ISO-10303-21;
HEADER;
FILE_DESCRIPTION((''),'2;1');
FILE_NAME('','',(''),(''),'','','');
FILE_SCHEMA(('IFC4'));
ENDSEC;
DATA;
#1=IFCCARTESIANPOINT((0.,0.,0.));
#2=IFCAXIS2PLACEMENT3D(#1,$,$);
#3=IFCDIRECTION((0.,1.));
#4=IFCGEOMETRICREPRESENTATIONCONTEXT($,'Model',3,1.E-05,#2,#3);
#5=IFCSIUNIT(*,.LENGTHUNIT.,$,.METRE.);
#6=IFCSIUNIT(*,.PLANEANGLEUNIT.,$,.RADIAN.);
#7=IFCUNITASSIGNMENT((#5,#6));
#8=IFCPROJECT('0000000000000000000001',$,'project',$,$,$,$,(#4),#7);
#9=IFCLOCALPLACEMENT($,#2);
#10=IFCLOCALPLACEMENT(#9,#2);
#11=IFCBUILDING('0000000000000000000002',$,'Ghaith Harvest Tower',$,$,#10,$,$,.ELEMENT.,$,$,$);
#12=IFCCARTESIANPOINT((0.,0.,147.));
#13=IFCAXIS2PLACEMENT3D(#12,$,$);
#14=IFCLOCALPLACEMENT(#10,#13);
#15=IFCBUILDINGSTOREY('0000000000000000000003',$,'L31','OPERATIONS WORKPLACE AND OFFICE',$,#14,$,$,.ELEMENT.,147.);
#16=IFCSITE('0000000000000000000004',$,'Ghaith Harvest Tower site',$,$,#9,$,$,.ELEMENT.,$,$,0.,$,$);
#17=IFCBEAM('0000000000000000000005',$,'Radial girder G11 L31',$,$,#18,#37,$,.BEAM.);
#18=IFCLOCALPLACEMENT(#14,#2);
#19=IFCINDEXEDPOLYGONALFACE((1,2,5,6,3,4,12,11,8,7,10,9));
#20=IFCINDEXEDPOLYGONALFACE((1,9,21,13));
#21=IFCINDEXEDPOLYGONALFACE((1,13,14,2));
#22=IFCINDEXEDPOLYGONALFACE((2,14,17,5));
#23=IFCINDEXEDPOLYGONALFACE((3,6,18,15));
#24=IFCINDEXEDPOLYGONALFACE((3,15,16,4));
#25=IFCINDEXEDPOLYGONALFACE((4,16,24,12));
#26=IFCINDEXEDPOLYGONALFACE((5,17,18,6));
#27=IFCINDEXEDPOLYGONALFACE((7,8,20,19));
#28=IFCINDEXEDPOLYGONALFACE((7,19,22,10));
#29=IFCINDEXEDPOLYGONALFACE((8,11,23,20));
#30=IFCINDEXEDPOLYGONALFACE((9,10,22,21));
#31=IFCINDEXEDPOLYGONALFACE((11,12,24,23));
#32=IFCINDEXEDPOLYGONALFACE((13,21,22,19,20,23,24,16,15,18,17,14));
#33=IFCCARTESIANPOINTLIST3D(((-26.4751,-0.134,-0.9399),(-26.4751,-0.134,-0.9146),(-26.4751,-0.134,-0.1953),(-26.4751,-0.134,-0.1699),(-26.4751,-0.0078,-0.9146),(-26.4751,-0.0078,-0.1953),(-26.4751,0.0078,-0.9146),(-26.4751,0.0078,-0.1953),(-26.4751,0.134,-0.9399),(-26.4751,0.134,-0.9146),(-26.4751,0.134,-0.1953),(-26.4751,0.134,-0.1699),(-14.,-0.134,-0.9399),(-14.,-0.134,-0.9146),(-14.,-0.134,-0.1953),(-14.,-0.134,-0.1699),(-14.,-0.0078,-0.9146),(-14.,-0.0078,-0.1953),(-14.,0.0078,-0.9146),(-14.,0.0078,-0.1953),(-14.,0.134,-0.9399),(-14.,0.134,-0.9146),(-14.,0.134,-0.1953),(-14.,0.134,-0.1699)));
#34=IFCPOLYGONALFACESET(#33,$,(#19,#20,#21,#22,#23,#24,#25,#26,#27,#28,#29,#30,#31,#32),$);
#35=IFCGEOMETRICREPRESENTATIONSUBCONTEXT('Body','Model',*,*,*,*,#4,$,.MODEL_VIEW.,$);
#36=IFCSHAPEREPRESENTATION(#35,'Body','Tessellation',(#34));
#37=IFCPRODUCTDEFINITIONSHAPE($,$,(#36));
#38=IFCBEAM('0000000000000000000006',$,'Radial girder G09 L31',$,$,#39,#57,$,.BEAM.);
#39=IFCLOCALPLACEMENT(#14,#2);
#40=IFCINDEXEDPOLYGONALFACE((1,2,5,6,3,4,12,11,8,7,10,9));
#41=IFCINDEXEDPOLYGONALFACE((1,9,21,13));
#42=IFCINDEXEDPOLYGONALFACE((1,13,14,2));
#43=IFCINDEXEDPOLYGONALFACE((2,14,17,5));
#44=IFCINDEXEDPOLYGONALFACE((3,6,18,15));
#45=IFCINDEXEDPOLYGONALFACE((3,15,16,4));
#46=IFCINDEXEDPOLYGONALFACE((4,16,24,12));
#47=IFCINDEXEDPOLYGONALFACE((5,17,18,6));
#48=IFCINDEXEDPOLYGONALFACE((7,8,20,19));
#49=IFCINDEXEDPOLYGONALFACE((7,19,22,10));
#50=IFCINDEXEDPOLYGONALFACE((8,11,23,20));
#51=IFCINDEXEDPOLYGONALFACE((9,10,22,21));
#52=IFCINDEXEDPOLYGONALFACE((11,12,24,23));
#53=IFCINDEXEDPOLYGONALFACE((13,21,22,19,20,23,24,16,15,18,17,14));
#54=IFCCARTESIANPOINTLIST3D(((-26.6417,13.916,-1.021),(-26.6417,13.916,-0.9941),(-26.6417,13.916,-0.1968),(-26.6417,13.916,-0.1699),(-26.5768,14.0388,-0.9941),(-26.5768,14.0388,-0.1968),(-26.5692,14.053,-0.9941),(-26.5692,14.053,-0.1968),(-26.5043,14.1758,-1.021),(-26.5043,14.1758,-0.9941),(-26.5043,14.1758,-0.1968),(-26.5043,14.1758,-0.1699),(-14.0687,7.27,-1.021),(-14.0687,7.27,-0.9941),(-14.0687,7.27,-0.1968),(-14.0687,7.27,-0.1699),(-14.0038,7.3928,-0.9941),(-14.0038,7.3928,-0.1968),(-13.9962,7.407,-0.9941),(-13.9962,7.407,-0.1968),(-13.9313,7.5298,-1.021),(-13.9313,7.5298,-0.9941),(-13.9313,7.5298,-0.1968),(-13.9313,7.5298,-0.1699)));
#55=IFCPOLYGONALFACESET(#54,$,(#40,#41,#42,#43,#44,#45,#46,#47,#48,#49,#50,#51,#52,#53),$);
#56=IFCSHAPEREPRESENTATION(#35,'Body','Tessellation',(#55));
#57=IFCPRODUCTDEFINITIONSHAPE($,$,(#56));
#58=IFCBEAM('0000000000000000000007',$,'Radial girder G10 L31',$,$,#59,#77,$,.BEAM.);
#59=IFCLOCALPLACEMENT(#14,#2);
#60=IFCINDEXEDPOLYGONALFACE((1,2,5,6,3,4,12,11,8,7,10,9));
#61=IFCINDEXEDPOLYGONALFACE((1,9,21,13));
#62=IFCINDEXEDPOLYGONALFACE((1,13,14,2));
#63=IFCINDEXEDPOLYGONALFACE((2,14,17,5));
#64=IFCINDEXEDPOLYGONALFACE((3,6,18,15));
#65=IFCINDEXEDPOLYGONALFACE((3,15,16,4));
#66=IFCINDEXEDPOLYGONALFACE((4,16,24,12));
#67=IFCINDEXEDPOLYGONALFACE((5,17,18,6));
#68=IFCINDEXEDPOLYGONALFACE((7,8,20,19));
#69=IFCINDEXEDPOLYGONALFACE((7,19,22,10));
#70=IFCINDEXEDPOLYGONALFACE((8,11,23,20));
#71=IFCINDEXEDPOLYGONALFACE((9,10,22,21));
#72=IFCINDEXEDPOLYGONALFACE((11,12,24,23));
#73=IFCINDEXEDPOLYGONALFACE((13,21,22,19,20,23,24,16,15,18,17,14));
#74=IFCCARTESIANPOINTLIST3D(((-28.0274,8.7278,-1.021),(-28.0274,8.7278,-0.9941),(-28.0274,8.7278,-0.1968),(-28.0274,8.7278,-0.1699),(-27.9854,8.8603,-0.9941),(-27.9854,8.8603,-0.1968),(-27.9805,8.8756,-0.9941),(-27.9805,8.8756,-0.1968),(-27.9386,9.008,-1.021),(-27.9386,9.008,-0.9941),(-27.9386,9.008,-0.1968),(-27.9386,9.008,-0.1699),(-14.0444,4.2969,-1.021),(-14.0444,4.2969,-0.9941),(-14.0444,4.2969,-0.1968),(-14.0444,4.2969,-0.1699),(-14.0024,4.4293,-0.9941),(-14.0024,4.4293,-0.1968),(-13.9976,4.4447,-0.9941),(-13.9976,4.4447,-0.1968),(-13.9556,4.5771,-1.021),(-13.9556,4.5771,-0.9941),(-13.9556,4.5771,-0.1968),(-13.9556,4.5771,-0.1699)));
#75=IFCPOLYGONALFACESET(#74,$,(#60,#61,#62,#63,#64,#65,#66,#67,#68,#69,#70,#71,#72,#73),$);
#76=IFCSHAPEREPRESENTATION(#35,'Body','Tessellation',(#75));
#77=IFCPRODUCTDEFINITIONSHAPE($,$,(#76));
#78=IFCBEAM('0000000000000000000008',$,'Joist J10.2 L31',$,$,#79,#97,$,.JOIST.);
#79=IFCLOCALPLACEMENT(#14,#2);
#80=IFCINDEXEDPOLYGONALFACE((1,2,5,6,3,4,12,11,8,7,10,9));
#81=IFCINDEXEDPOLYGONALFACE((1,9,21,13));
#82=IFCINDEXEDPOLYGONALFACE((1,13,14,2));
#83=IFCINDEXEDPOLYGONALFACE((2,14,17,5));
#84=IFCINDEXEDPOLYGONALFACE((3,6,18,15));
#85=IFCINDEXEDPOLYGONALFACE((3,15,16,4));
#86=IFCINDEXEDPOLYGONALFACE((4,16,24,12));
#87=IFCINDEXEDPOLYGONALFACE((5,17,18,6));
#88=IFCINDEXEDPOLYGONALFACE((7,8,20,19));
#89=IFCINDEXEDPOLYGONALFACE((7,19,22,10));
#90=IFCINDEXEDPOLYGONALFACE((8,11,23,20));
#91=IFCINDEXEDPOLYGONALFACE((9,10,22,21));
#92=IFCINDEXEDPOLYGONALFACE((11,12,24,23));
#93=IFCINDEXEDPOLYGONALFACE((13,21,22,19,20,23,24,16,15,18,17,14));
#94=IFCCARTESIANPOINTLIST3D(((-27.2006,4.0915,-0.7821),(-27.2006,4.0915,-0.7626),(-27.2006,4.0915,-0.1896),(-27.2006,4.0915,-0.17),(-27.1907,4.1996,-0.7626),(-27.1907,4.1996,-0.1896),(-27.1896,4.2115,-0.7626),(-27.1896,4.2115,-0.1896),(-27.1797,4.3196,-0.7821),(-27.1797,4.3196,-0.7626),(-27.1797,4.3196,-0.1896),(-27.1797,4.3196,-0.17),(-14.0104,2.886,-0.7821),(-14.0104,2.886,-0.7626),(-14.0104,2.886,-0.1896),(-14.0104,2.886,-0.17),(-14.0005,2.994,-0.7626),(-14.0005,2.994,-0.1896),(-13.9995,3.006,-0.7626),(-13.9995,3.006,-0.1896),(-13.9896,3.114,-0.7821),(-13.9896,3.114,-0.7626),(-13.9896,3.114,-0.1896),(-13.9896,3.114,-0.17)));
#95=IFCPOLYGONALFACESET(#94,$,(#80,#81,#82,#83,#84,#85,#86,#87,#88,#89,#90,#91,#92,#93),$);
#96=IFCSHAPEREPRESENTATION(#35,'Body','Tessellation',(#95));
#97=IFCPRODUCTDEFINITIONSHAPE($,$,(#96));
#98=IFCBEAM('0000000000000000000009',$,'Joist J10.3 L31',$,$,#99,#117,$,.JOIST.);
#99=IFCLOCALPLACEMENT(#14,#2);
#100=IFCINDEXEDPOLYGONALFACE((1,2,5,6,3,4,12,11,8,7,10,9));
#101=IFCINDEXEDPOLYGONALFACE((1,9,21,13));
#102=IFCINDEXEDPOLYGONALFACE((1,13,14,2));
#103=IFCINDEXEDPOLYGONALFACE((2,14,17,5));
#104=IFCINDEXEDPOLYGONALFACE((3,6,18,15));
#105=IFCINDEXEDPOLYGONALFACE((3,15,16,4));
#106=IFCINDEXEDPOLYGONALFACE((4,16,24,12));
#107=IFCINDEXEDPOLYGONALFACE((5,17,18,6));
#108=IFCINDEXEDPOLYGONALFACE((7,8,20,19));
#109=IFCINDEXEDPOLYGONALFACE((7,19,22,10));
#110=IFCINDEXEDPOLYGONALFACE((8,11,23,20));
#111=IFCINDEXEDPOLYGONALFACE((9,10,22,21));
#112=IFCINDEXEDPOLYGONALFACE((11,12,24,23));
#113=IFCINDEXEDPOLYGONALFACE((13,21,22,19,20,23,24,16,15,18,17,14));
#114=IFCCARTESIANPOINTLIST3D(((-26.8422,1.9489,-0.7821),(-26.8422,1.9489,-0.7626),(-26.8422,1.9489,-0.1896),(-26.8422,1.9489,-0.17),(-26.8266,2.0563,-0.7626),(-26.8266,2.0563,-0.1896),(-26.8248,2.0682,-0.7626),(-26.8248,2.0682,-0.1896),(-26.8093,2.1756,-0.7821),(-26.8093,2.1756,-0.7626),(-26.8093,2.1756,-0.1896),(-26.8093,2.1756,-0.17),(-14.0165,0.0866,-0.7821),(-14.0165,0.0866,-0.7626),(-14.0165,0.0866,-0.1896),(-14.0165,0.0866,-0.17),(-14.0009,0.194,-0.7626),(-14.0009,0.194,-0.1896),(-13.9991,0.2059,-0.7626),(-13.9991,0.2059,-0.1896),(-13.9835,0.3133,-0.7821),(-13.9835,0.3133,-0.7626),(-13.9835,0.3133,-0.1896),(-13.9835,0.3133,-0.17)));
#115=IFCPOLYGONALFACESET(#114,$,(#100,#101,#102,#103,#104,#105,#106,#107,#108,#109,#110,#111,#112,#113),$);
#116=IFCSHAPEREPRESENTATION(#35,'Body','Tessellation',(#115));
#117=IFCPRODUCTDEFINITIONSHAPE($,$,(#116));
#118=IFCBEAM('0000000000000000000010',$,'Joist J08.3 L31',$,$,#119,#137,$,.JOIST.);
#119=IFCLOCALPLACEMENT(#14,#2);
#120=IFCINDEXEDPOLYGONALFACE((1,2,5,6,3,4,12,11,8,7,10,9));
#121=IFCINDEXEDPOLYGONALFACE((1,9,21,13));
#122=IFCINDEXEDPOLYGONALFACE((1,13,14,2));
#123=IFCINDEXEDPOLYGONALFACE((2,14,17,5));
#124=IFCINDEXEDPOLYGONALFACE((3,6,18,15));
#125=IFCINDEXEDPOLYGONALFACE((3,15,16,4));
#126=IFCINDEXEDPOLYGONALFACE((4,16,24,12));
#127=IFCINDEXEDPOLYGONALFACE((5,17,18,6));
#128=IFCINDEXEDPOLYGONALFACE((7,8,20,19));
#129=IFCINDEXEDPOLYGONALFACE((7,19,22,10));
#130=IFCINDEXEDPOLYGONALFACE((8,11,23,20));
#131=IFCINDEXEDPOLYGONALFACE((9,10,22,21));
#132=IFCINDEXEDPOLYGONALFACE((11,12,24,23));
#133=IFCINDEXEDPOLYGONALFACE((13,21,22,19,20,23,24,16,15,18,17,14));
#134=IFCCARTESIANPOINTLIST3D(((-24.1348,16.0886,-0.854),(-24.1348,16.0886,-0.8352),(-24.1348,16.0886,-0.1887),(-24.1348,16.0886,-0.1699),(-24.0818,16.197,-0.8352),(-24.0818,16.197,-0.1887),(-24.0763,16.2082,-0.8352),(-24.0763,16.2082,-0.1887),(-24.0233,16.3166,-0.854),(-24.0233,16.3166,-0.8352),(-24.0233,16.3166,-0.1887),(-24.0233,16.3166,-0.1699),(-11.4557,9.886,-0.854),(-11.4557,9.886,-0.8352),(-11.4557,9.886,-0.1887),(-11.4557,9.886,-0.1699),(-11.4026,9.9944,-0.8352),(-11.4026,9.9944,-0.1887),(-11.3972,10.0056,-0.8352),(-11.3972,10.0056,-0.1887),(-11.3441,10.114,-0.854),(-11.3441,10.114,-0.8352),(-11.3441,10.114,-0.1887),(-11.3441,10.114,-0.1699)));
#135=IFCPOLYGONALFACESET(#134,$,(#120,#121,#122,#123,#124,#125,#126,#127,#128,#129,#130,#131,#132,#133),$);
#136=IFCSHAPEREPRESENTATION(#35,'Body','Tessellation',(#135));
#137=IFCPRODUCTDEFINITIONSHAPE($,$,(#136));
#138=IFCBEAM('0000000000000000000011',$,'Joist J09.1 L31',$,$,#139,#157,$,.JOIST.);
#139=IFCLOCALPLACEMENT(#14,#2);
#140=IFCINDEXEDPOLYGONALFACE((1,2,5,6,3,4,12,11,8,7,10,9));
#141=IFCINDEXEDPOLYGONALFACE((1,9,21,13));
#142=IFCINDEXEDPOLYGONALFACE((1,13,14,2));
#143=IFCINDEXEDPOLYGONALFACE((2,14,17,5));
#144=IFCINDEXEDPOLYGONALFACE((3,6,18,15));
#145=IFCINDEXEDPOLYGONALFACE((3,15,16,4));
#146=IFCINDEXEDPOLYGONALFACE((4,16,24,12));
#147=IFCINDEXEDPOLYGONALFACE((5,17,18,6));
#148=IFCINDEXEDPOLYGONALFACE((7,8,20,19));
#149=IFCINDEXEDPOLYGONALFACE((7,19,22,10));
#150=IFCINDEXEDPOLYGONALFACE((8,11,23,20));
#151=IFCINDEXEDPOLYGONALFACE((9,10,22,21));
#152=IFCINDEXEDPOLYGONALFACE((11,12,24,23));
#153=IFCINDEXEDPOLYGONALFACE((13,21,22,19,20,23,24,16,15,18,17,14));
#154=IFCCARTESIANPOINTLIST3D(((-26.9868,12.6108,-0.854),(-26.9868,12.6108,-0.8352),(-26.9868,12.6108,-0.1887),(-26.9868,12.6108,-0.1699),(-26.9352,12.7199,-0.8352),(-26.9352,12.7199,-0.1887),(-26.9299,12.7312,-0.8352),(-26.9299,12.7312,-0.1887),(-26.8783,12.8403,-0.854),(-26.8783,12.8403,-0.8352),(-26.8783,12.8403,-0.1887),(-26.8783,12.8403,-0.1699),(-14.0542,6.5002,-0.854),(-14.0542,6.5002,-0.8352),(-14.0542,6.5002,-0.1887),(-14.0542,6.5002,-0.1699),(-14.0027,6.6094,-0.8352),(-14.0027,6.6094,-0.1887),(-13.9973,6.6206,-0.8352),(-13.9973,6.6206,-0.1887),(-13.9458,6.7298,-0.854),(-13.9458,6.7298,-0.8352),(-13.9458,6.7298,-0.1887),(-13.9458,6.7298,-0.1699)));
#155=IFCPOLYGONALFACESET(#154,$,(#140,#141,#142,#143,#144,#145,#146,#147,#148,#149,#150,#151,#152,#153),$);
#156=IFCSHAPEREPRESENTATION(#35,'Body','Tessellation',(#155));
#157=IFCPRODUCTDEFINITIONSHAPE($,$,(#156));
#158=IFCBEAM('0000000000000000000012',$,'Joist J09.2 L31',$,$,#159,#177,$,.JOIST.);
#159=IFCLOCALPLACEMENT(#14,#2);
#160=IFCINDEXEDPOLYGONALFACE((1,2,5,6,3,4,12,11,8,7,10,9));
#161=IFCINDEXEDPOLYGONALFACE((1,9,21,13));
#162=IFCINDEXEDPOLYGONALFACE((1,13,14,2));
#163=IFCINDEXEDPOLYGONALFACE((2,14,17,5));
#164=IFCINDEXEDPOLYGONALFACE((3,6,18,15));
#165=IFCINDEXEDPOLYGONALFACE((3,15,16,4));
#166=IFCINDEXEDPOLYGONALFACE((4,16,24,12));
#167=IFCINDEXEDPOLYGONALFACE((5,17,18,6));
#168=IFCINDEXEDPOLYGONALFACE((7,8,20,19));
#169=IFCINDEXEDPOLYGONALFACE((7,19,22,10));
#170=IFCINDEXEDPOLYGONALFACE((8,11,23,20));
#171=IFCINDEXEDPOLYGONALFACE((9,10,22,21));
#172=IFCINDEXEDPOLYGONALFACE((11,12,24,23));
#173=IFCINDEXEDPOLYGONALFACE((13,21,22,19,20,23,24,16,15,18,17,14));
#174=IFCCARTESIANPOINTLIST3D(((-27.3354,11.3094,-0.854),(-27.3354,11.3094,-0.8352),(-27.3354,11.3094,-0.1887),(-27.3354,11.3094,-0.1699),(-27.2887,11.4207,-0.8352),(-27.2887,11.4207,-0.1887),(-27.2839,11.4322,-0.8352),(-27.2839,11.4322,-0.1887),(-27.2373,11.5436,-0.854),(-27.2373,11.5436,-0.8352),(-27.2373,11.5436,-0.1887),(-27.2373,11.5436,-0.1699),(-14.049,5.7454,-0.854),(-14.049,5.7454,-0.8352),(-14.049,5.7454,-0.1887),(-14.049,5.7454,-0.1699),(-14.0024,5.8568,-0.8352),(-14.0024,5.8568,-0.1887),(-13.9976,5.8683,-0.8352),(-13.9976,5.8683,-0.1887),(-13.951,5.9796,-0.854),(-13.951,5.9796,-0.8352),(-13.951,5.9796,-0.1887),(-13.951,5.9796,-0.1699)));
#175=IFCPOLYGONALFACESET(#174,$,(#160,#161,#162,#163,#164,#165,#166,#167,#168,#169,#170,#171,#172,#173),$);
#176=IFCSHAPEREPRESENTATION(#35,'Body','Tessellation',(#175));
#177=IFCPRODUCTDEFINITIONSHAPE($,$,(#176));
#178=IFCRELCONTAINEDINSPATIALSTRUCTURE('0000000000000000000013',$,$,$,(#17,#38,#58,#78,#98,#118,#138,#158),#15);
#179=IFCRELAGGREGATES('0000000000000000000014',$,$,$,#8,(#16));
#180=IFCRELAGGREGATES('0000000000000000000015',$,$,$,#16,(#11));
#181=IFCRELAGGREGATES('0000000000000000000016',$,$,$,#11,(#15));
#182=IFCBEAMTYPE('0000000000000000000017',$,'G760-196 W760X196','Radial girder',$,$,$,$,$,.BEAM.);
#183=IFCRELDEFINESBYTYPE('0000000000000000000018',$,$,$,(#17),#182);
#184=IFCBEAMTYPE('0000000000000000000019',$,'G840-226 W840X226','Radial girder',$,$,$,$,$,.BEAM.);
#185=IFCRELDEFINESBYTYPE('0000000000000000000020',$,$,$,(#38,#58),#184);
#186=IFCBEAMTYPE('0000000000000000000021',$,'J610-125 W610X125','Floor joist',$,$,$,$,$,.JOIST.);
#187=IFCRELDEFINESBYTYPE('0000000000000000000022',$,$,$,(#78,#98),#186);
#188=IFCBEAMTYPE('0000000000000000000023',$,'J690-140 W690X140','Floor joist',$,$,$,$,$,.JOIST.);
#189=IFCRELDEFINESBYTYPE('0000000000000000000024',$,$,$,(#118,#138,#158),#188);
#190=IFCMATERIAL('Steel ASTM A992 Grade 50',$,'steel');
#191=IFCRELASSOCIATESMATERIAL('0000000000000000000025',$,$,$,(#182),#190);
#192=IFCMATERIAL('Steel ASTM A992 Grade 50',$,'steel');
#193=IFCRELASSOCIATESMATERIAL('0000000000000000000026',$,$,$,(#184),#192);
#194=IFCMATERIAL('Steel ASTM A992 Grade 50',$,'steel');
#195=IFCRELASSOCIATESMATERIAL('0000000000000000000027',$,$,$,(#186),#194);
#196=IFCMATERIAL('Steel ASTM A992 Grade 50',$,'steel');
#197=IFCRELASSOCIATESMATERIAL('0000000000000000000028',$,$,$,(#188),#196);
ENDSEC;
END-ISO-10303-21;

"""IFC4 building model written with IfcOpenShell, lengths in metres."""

from ifc_helpers import new_model, si_unit, direction, frame, origin, origin_2d, place, context, subcontext, project, spatial, i_section, extrude, material, material_profile, profile_set, type_object, element, save


model = new_model("IFC4")

# Units and contexts
model_context = context("Model", 3, precision=1e-05, world=origin(), true_north=direction((0.0, 1.0)))
body_context = subcontext(model_context, "Body", "Model", "MODEL_VIEW")
ifc_project = project(units=[si_unit("LENGTHUNIT", "METRE"), si_unit("PLANEANGLEUNIT", "RADIAN")], contexts=[model_context])

# Site, building, storey
site_placement = place(None, origin())
site = spatial("IfcSite", under=ifc_project, at=site_placement, Name="Ghaith Harvest Tower site", CompositionType="ELEMENT", RefElevation=0.0)
building_placement = place(site_placement, origin())
building = spatial("IfcBuilding", under=site, at=building_placement, Name="Ghaith Harvest Tower", CompositionType="ELEMENT")
storey_placement = place(building_placement, frame((0.0, 0.0, 147.0)))
storey = spatial("IfcBuildingStorey", under=building, at=storey_placement, Name="L31", Description="OPERATIONS WORKPLACE AND OFFICE", CompositionType="ELEMENT", Elevation=147.0)

# Beams
ifc_material_1 = material(Name="Steel ASTM A992 Grade 50", Category="steel")
ifc_material_profile_1 = material_profile(ifc_material_1, i_section(OverallWidth=0.2681, OverallDepth=0.77, WebThickness=0.0156, FlangeThickness=0.0254, at=origin_2d()), Name="W760X196")
ifc_profile_set_1 = profile_set([ifc_material_profile_1], Name="Steel ASTM A992 Grade 50")
beam_type_1 = type_object("IfcBeamType", Name="G760-196 W760X196", Description="Radial girder", PredefinedType="BEAM", material=ifc_profile_set_1)
beam_1_placement = place(storey_placement, frame((-14.0, 0.0, -0.5549), z_axis=(-1.0, 0.0, 0.0), x_axis=(0.0, -1.0, 0.0)))
element("IfcBeam", 1, at=beam_1_placement, inside=storey, type_object=beam_type_1, Name="Radial girder G11 L31", PredefinedType="BEAM", context=body_context, shape_type="SweptSolid", body=[
    extrude(i_section(OverallWidth=0.2681, OverallDepth=0.77, WebThickness=0.0156, FlangeThickness=0.0254, at=origin_2d()), origin(), (0.0, 0.0, 1.0), 12.4751),
])
ifc_material_2 = material(Name="Steel ASTM A992 Grade 50", Category="steel")
ifc_material_profile_2 = material_profile(ifc_material_2, i_section(OverallWidth=0.2939, OverallDepth=0.8511, WebThickness=0.0161, FlangeThickness=0.0269, at=origin_2d()), Name="W840X226")
ifc_profile_set_2 = profile_set([ifc_material_profile_2], Name="Steel ASTM A992 Grade 50")
beam_type_2 = type_object("IfcBeamType", Name="G840-226 W840X226", Description="Radial girder", PredefinedType="BEAM", material=ifc_profile_set_2)
beam_2_placement = place(storey_placement, frame((-14.0, 7.3999, -0.5955), z_axis=(-0.884087, 0.467322, 0.0), x_axis=(-0.467322, -0.884087, 0.0)))
element("IfcBeam", 2, at=beam_2_placement, inside=storey, type_object=beam_type_2, Name="Radial girder G09 L31", PredefinedType="BEAM", context=body_context, shape_type="SweptSolid", body=[
    extrude(i_section(OverallWidth=0.2939, OverallDepth=0.8511, WebThickness=0.0161, FlangeThickness=0.0269, at=origin_2d()), origin(), (0.0, 0.0, 1.0), 14.2214),
])
beam_3_placement = place(storey_placement, frame((-14.0, 4.437, -0.5955), z_axis=(-0.953284, 0.302077, 0.0), x_axis=(-0.302077, -0.953284, 0.0)))
element("IfcBeam", 3, at=beam_3_placement, inside=storey, type_object=beam_type_2, Name="Radial girder G10 L31", PredefinedType="BEAM", context=body_context, shape_type="SweptSolid", body=[
    extrude(i_section(OverallWidth=0.2939, OverallDepth=0.8511, WebThickness=0.0161, FlangeThickness=0.0269, at=origin_2d()), origin(), (0.0, 0.0, 1.0), 14.6682),
])
ifc_material_3 = material(Name="Steel ASTM A992 Grade 50", Category="steel")
ifc_material_profile_3 = material_profile(ifc_material_3, i_section(OverallWidth=0.229, OverallDepth=0.6121, WebThickness=0.012, FlangeThickness=0.0195, at=origin_2d()), Name="W610X125")
ifc_profile_set_3 = profile_set([ifc_material_profile_3], Name="Steel ASTM A992 Grade 50")
beam_type_3 = type_object("IfcBeamType", Name="J610-125 W610X125", Description="Floor joist", PredefinedType="JOIST", material=ifc_profile_set_3)
beam_4_placement = place(storey_placement, frame((-14.0, 3.0, -0.4761), z_axis=(-0.995849, 0.091019, 0.0), x_axis=(-0.091019, -0.995849, 0.0)))
element("IfcBeam", 4, at=beam_4_placement, inside=storey, type_object=beam_type_3, Name="Joist J10.2 L31", PredefinedType="JOIST", context=body_context, shape_type="SweptSolid", body=[
    extrude(i_section(OverallWidth=0.229, OverallDepth=0.6121, WebThickness=0.012, FlangeThickness=0.0195, at=origin_2d()), origin(), (0.0, 0.0, 1.0), 13.2451),
])
beam_5_placement = place(storey_placement, frame((-14.0, 0.2, -0.4761), z_axis=(-0.989622, 0.143694, 0.0), x_axis=(-0.143694, -0.989622, 0.0)))
element("IfcBeam", 5, at=beam_5_placement, inside=storey, type_object=beam_type_3, Name="Joist J10.3 L31", PredefinedType="JOIST", context=body_context, shape_type="SweptSolid", body=[
    extrude(i_section(OverallWidth=0.229, OverallDepth=0.6121, WebThickness=0.012, FlangeThickness=0.0195, at=origin_2d()), origin(), (0.0, 0.0, 1.0), 12.9602),
])
ifc_material_4 = material(Name="Steel ASTM A992 Grade 50", Category="steel")
ifc_material_profile_4 = material_profile(ifc_material_4, i_section(OverallWidth=0.2539, OverallDepth=0.6841, WebThickness=0.0125, FlangeThickness=0.0188, at=origin_2d()), Name="W690X140")
ifc_profile_set_4 = profile_set([ifc_material_profile_4], Name="Steel ASTM A992 Grade 50")
beam_type_4 = type_object("IfcBeamType", Name="J690-140 W690X140", Description="Floor joist", PredefinedType="JOIST", material=ifc_profile_set_4)
beam_6_placement = place(storey_placement, frame((-11.3999, 10.0, -0.512), z_axis=(-0.898275, 0.439434, 0.0), x_axis=(-0.439434, -0.898275, 0.0)))
element("IfcBeam", 6, at=beam_6_placement, inside=storey, type_object=beam_type_4, Name="Joist J08.3 L31", PredefinedType="JOIST", context=body_context, shape_type="SweptSolid", body=[
    extrude(i_section(OverallWidth=0.2539, OverallDepth=0.6841, WebThickness=0.0125, FlangeThickness=0.0188, at=origin_2d()), origin(), (0.0, 0.0, 1.0), 14.115),
])
beam_7_placement = place(storey_placement, frame((-14.0, 6.615, -0.512), z_axis=(-0.904153, 0.427208, 0.0), x_axis=(-0.427208, -0.904153, 0.0)))
element("IfcBeam", 7, at=beam_7_placement, inside=storey, type_object=beam_type_4, Name="Joist J09.1 L31", PredefinedType="JOIST", context=body_context, shape_type="SweptSolid", body=[
    extrude(i_section(OverallWidth=0.2539, OverallDepth=0.6841, WebThickness=0.0125, FlangeThickness=0.0188, at=origin_2d()), origin(), (0.0, 0.0, 1.0), 14.3035),
])
beam_8_placement = place(storey_placement, frame((-14.0, 5.8625, -0.512), z_axis=(-0.922386, 0.38627, 0.0), x_axis=(-0.38627, -0.922386, 0.0)))
element("IfcBeam", 8, at=beam_8_placement, inside=storey, type_object=beam_type_4, Name="Joist J09.2 L31", PredefinedType="JOIST", context=body_context, shape_type="SweptSolid", body=[
    extrude(i_section(OverallWidth=0.2539, OverallDepth=0.6841, WebThickness=0.0125, FlangeThickness=0.0188, at=origin_2d()), origin(), (0.0, 0.0, 1.0), 14.4043),
])

save(model, "model.ifc")
